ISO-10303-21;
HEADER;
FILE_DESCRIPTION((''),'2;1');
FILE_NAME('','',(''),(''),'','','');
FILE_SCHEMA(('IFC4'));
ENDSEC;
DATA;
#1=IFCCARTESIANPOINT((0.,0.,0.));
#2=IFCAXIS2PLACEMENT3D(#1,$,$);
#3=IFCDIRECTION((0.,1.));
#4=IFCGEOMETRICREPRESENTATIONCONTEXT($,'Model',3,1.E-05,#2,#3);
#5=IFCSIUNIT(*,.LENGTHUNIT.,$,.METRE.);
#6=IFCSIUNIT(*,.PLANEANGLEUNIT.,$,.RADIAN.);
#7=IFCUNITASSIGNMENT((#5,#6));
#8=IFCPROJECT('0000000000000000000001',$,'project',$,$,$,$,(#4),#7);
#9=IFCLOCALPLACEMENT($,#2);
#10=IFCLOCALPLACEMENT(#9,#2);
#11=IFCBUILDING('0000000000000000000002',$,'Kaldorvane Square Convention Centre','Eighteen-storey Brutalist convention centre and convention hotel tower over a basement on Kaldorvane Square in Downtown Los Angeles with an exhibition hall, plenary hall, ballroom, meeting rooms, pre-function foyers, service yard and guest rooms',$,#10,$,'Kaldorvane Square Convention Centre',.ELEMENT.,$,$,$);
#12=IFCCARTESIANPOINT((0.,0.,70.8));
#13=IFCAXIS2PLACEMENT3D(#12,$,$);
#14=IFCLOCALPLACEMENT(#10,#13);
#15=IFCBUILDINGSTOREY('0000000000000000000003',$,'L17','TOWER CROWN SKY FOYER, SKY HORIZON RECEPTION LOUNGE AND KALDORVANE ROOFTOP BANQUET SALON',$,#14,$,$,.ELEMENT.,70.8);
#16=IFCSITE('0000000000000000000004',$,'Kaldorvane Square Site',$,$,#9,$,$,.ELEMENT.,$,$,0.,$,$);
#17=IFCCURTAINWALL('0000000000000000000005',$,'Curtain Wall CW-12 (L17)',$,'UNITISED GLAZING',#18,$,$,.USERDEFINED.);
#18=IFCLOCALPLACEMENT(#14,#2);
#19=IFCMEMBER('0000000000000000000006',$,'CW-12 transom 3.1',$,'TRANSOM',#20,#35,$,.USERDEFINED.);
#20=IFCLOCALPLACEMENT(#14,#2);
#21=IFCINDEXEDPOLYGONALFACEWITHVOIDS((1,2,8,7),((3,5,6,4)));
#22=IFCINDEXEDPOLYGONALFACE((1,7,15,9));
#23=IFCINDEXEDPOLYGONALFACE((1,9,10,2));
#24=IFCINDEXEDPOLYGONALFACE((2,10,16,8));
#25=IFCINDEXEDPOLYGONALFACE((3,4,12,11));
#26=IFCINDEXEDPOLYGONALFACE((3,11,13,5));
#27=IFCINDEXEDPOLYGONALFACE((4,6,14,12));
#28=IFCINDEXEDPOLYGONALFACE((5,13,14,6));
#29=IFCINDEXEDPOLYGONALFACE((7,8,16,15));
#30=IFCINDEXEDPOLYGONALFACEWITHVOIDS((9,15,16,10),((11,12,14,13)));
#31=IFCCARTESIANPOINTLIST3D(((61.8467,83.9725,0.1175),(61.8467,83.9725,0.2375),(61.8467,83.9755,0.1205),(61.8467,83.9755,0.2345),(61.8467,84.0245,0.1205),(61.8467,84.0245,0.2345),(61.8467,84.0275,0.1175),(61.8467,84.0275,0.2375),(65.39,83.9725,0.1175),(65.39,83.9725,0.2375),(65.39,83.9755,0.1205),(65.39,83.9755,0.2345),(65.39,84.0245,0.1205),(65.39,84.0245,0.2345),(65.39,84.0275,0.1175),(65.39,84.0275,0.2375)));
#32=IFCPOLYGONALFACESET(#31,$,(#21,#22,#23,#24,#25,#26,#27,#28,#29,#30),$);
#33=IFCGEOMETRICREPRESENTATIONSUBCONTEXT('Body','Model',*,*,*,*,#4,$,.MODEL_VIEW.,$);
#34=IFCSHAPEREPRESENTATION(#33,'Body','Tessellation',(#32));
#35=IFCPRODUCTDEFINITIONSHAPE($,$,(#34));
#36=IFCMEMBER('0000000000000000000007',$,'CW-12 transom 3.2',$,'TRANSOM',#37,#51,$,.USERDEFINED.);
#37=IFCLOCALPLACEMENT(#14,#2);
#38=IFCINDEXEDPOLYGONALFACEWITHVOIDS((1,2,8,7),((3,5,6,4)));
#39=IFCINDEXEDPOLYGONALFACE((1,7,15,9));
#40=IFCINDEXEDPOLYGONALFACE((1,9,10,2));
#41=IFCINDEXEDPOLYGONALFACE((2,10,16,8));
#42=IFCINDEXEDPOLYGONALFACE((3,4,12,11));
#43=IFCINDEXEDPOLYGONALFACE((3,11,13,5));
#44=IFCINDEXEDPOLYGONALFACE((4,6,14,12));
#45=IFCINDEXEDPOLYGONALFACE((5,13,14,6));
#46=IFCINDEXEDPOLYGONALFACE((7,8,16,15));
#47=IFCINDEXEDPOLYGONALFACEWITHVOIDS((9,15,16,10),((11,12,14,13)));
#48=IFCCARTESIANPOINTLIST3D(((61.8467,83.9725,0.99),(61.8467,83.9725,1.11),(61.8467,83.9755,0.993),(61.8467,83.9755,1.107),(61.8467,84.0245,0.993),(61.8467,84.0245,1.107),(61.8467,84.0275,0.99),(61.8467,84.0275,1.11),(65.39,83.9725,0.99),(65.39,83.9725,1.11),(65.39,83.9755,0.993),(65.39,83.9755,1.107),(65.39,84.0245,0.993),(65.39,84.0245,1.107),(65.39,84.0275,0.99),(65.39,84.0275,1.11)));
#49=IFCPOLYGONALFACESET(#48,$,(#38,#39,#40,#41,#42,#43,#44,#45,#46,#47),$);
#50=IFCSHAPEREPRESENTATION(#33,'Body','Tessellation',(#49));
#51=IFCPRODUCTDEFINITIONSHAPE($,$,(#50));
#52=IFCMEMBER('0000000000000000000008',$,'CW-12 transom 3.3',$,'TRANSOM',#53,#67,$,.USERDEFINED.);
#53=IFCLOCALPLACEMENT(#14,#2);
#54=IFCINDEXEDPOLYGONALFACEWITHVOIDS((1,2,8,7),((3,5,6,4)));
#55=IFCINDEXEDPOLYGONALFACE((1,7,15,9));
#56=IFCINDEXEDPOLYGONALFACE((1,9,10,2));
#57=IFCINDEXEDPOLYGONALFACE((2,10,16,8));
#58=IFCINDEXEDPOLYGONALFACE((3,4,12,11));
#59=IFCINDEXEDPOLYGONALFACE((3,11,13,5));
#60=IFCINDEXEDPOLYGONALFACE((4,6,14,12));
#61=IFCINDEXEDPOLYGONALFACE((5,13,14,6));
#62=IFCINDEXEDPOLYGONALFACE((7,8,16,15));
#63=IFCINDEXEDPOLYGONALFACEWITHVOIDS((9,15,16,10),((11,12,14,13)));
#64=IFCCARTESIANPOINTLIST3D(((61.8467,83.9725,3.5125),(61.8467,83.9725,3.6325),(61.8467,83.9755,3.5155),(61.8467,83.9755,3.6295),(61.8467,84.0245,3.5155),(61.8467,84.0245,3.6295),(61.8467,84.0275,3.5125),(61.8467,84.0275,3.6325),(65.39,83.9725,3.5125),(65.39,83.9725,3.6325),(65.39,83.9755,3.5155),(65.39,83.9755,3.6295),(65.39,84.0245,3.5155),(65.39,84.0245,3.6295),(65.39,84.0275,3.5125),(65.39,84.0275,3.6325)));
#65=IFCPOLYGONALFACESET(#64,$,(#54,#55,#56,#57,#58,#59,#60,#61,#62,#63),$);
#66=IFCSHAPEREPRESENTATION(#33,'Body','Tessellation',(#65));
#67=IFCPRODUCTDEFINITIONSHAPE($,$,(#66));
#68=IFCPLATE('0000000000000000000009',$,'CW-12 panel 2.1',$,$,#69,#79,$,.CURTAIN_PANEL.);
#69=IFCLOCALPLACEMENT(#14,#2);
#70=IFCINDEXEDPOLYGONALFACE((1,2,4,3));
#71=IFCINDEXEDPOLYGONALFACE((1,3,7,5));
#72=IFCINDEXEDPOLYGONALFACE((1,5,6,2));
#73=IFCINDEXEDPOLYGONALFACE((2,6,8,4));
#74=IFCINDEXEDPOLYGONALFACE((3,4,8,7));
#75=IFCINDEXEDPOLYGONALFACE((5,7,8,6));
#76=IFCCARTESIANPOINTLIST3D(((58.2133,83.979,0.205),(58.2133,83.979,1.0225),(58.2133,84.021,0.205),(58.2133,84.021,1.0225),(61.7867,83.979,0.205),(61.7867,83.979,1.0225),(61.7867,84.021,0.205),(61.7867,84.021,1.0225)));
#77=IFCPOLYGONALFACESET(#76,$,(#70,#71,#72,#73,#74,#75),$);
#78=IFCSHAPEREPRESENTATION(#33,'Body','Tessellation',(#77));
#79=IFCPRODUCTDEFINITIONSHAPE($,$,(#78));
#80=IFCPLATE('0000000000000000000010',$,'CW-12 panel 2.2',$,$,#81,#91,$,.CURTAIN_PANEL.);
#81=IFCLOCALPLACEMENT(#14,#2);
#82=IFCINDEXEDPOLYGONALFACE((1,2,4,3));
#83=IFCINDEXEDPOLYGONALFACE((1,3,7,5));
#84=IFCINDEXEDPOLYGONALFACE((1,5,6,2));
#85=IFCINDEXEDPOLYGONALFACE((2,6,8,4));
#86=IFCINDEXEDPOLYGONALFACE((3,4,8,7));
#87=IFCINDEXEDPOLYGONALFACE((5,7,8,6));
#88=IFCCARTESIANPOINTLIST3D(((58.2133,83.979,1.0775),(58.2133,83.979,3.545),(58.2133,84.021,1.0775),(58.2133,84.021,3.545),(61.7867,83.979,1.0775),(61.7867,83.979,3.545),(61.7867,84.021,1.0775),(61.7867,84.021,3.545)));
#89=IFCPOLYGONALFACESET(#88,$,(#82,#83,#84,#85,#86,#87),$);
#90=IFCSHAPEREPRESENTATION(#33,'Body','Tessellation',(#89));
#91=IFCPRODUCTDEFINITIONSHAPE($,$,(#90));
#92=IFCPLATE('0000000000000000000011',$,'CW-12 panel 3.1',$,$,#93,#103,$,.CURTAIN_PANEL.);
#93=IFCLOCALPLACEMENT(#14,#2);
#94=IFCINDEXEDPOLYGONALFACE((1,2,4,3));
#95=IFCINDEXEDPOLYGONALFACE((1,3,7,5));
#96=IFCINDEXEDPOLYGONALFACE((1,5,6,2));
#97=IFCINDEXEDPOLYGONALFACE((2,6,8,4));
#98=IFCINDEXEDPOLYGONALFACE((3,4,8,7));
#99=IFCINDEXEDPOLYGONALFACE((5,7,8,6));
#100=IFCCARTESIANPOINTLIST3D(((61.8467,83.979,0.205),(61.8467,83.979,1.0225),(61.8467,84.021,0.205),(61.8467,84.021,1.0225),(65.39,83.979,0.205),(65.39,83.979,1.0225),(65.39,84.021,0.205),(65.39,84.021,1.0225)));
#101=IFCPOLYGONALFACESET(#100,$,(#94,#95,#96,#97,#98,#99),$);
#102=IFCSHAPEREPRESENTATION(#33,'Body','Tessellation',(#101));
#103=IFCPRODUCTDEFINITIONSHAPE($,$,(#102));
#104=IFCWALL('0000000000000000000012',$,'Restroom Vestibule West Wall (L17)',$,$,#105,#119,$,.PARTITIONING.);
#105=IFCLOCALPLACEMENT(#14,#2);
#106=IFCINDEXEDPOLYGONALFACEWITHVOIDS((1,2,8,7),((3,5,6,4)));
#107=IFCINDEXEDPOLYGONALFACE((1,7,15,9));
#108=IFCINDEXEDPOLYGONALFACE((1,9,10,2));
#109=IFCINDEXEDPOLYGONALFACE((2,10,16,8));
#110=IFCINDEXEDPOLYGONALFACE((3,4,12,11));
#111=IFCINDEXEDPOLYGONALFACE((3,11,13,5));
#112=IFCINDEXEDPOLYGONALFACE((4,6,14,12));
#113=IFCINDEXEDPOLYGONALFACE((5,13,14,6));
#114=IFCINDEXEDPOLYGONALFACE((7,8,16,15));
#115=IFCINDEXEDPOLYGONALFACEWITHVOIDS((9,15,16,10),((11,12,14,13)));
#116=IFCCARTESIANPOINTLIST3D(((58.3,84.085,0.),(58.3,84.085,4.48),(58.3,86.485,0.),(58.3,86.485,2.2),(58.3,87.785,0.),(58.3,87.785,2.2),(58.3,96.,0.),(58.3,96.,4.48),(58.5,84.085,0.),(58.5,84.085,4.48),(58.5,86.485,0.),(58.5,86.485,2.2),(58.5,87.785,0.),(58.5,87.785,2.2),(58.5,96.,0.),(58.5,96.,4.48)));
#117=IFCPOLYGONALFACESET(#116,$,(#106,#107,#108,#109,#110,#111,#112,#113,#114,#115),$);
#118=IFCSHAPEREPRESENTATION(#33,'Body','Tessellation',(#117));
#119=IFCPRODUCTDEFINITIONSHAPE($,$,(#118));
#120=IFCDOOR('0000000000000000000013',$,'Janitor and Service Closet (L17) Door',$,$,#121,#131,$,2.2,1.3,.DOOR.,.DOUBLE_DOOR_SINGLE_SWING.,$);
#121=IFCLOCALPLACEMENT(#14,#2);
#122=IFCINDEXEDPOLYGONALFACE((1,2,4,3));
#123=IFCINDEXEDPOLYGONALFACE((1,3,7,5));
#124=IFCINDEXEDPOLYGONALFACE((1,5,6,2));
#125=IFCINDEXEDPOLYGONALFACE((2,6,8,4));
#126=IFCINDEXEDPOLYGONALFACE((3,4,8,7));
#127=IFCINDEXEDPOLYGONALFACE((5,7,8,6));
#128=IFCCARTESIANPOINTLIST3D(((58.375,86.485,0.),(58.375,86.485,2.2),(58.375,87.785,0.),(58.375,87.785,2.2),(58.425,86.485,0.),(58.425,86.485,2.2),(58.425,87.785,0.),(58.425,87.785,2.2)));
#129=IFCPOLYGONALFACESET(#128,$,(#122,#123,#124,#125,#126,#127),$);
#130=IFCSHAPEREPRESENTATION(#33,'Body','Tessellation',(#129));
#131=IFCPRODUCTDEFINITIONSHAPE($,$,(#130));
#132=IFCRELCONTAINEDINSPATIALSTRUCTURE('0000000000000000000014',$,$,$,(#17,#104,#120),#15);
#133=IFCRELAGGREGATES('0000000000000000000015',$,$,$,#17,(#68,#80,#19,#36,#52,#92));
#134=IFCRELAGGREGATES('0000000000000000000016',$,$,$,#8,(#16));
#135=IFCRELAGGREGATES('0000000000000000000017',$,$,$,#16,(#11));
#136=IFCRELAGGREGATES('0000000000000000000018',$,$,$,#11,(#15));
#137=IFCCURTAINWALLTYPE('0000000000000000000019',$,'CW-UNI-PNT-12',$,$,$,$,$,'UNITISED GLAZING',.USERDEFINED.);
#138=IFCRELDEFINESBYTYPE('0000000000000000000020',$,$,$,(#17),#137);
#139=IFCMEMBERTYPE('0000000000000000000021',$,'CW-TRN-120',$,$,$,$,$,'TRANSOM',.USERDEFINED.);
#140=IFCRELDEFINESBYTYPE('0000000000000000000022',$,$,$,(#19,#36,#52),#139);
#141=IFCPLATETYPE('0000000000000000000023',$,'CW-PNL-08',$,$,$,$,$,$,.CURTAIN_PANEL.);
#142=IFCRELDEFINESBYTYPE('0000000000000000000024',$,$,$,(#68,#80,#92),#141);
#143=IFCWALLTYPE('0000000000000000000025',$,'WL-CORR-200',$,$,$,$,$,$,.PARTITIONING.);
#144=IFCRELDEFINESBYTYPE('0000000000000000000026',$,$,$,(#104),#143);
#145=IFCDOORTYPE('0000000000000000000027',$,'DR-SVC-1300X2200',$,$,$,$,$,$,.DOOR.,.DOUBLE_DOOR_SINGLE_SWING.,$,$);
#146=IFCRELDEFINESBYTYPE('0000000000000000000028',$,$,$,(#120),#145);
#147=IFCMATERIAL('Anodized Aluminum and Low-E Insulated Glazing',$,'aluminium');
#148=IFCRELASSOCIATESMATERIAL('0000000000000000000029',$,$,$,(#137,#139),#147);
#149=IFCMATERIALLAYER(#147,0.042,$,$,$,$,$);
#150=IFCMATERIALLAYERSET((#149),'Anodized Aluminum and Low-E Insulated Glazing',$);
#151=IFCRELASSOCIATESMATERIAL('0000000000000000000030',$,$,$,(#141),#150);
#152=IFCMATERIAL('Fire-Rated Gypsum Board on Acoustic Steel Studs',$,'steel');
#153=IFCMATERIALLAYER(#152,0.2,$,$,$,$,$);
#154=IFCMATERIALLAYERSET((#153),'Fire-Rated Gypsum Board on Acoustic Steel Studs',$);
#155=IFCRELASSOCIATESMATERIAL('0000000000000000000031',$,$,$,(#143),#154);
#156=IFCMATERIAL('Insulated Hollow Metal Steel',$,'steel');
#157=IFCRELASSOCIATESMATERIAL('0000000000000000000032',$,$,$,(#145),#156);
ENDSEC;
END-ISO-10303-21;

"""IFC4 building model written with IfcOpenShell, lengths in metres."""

from ifc_helpers import new_model, si_unit, direction, frame, frame_2d, origin, origin_2d, place, context, subcontext, project, spatial, rectangle, hollow_rectangle, extrude, material, layer, layer_set, material_profile, profile_set, type_object, element, fill, aggregate, save


model = new_model("IFC4")

# Units and contexts
model_context = context("Model", 3, precision=1e-05, world=origin(), true_north=direction((0.0, 1.0)))
body_context = subcontext(model_context, "Body", "Model", "MODEL_VIEW")
ifc_project = project(units=[si_unit("LENGTHUNIT", "METRE"), si_unit("PLANEANGLEUNIT", "RADIAN")], contexts=[model_context])

# Site, building, storey
site_placement = place(None, origin())
site = spatial("IfcSite", under=ifc_project, at=site_placement, Name="Kaldorvane Square Site", CompositionType="ELEMENT", RefElevation=0.0)
building_placement = place(site_placement, origin())
building = spatial("IfcBuilding", under=site, at=building_placement, Name="Kaldorvane Square Convention Centre", Description="Eighteen-storey Brutalist convention centre and convention hotel tower over a basement on Kaldorvane Square in Downtown Los Angeles with an exhibition hall, plenary hall, ballroom, meeting rooms, pre-function foyers, service yard and guest rooms", LongName="Kaldorvane Square Convention Centre", CompositionType="ELEMENT")
storey_placement = place(building_placement, frame((0.0, 0.0, 70.8)))
storey = spatial("IfcBuildingStorey", under=building, at=storey_placement, Name="L17", Description="TOWER CROWN SKY FOYER, SKY HORIZON RECEPTION LOUNGE AND KALDORVANE ROOFTOP BANQUET SALON", CompositionType="ELEMENT", Elevation=70.8)

# Curtain wall, members, plates
ifc_material_1 = material(Name="Anodized Aluminum and Low-E Insulated Glazing", Category="aluminium")
curtain_wall_type = type_object("IfcCurtainWallType", Name="CW-UNI-PNT-12", ElementType="UNITISED GLAZING", PredefinedType="USERDEFINED", material=ifc_material_1)
curtain_wall_placement = place(storey_placement, origin())
curtain_wall = element("IfcCurtainWall", 1, at=curtain_wall_placement, inside=storey, type_object=curtain_wall_type, Name="Curtain Wall CW-12 (L17)", ObjectType="UNITISED GLAZING", PredefinedType="USERDEFINED")
ifc_material_profile_1 = material_profile(ifc_material_1, hollow_rectangle(XDim=0.055, YDim=0.12, WallThickness=0.003, at=origin_2d()), Name="CWT-120X55")
ifc_profile_set_1 = profile_set([ifc_material_profile_1], Name="Anodized Aluminum and Low-E Insulated Glazing")
member_type = type_object("IfcMemberType", Name="CW-TRN-120", ElementType="TRANSOM", PredefinedType="USERDEFINED", material=ifc_profile_set_1)
member_1_placement = place(storey_placement, frame((61.8467, 84.0, 0.1775), z_axis=(1.0, 0.0, 0.0), x_axis=(0.0, 1.0, 0.0)))
member_1 = element("IfcMember", 2, at=member_1_placement, type_object=member_type, Name="CW-12 transom 3.1", ObjectType="TRANSOM", PredefinedType="USERDEFINED", context=body_context, shape_type="SweptSolid", body=[
    extrude(hollow_rectangle(XDim=0.055, YDim=0.12, WallThickness=0.003, at=origin_2d()), origin(), (0.0, 0.0, 1.0), 3.5433),
])
member_2_placement = place(storey_placement, frame((61.8467, 84.0, 1.05), z_axis=(1.0, 0.0, 0.0), x_axis=(0.0, 1.0, 0.0)))
member_2 = element("IfcMember", 3, at=member_2_placement, type_object=member_type, Name="CW-12 transom 3.2", ObjectType="TRANSOM", PredefinedType="USERDEFINED", context=body_context, shape_type="SweptSolid", body=[
    extrude(hollow_rectangle(XDim=0.055, YDim=0.12, WallThickness=0.003, at=origin_2d()), origin(), (0.0, 0.0, 1.0), 3.5433),
])
member_3_placement = place(storey_placement, frame((61.8467, 84.0, 3.5725), z_axis=(1.0, 0.0, 0.0), x_axis=(0.0, 1.0, 0.0)))
member_3 = element("IfcMember", 4, at=member_3_placement, type_object=member_type, Name="CW-12 transom 3.3", ObjectType="TRANSOM", PredefinedType="USERDEFINED", context=body_context, shape_type="SweptSolid", body=[
    extrude(hollow_rectangle(XDim=0.055, YDim=0.12, WallThickness=0.003, at=origin_2d()), origin(), (0.0, 0.0, 1.0), 3.5433),
])
ifc_layer_1 = layer(ifc_material_1, 0.042)
ifc_layer_set_1 = layer_set([ifc_layer_1], Name="Anodized Aluminum and Low-E Insulated Glazing")
plate_type = type_object("IfcPlateType", Name="CW-PNL-08", PredefinedType="CURTAIN_PANEL", material=ifc_layer_set_1)
plate_1_placement = place(storey_placement, frame((60.0, 84.0, 0.205), z_axis=(0.0, 0.0, 1.0), x_axis=(1.0, 0.0, 0.0)))
plate_1 = element("IfcPlate", 5, at=plate_1_placement, type_object=plate_type, Name="CW-12 panel 2.1", PredefinedType="CURTAIN_PANEL", context=body_context, shape_type="SweptSolid", body=[
    extrude(rectangle(XDim=3.5733, YDim=0.042, at=origin_2d()), origin(), (0.0, 0.0, 1.0), 0.8175),
])
plate_2_placement = place(storey_placement, frame((60.0, 84.0, 1.0775), z_axis=(0.0, 0.0, 1.0), x_axis=(1.0, 0.0, 0.0)))
plate_2 = element("IfcPlate", 6, at=plate_2_placement, type_object=plate_type, Name="CW-12 panel 2.2", PredefinedType="CURTAIN_PANEL", context=body_context, shape_type="SweptSolid", body=[
    extrude(rectangle(XDim=3.5733, YDim=0.042, at=origin_2d()), origin(), (0.0, 0.0, 1.0), 2.4675),
])
plate_3_placement = place(storey_placement, frame((63.6183, 84.0, 0.205), z_axis=(0.0, 0.0, 1.0), x_axis=(1.0, 0.0, 0.0)))
plate_3 = element("IfcPlate", 7, at=plate_3_placement, type_object=plate_type, Name="CW-12 panel 3.1", PredefinedType="CURTAIN_PANEL", context=body_context, shape_type="SweptSolid", body=[
    extrude(rectangle(XDim=3.5433, YDim=0.042, at=origin_2d()), origin(), (0.0, 0.0, 1.0), 0.8175),
])
aggregate(curtain_wall, [plate_1, plate_2, member_1, member_2, member_3, plate_3])

# Wall, opening, door
ifc_material_2 = material(Name="Fire-Rated Gypsum Board on Acoustic Steel Studs", Category="steel")
ifc_layer_2 = layer(ifc_material_2, 0.2)
ifc_layer_set_2 = layer_set([ifc_layer_2], Name="Fire-Rated Gypsum Board on Acoustic Steel Studs")
wall_type_1 = type_object("IfcWallType", Name="WL-CORR-200", PredefinedType="PARTITIONING", material=ifc_layer_set_2)
wall_1_placement = place(storey_placement, frame((58.4, 84.085, 0.0), z_axis=(0.0, 0.0, 1.0), x_axis=(0.0, 1.0, 0.0)))
wall_1 = element("IfcWall", 8, at=wall_1_placement, inside=storey, type_object=wall_type_1, Name="Restroom Vestibule West Wall (L17)", PredefinedType="PARTITIONING", context=body_context, shape_type="SweptSolid", body=[
    extrude(rectangle(XDim=11.915, YDim=0.2, at=frame_2d((5.9575, 0.0))), origin(), (0.0, 0.0, 1.0), 4.48),
])
opening_1_placement = place(wall_1_placement, frame((2.4, 0.0, 0.0)))
opening_1 = element("IfcOpeningElement", 9, at=opening_1_placement, cuts=wall_1, PredefinedType="OPENING", context=body_context, shape_type="SweptSolid", body=[
    extrude(rectangle(XDim=1.3, YDim=2.2, at=frame_2d((0.65, 1.1))), frame((0.0, 0.115, 0.0), z_axis=(0.0, -1.0, 0.0), x_axis=(1.0, 0.0, 0.0)), (0.0, 0.0, 1.0), 0.23),
])
ifc_material_3 = material(Name="Insulated Hollow Metal Steel", Category="steel")
door_type_1 = type_object("IfcDoorType", Name="DR-SVC-1300X2200", OperationType="DOUBLE_DOOR_SINGLE_SWING", PredefinedType="DOOR", material=ifc_material_3)
door_1_placement = place(opening_1_placement, origin())
door_1 = element("IfcDoor", 10, at=door_1_placement, inside=storey, type_object=door_type_1, Name="Janitor and Service Closet (L17) Door", OperationType="DOUBLE_DOOR_SINGLE_SWING", OverallHeight=2.2, OverallWidth=1.3, PredefinedType="DOOR", context=body_context, shape_type="SweptSolid", body=[
    extrude(rectangle(XDim=1.3, YDim=2.2, at=frame_2d((0.65, 1.1))), frame((0.0, 0.025, 0.0), z_axis=(0.0, -1.0, 0.0), x_axis=(1.0, 0.0, 0.0)), (0.0, 0.0, 1.0), 0.05),
])
fill(opening_1, door_1)

save(model, "model.ifc")
